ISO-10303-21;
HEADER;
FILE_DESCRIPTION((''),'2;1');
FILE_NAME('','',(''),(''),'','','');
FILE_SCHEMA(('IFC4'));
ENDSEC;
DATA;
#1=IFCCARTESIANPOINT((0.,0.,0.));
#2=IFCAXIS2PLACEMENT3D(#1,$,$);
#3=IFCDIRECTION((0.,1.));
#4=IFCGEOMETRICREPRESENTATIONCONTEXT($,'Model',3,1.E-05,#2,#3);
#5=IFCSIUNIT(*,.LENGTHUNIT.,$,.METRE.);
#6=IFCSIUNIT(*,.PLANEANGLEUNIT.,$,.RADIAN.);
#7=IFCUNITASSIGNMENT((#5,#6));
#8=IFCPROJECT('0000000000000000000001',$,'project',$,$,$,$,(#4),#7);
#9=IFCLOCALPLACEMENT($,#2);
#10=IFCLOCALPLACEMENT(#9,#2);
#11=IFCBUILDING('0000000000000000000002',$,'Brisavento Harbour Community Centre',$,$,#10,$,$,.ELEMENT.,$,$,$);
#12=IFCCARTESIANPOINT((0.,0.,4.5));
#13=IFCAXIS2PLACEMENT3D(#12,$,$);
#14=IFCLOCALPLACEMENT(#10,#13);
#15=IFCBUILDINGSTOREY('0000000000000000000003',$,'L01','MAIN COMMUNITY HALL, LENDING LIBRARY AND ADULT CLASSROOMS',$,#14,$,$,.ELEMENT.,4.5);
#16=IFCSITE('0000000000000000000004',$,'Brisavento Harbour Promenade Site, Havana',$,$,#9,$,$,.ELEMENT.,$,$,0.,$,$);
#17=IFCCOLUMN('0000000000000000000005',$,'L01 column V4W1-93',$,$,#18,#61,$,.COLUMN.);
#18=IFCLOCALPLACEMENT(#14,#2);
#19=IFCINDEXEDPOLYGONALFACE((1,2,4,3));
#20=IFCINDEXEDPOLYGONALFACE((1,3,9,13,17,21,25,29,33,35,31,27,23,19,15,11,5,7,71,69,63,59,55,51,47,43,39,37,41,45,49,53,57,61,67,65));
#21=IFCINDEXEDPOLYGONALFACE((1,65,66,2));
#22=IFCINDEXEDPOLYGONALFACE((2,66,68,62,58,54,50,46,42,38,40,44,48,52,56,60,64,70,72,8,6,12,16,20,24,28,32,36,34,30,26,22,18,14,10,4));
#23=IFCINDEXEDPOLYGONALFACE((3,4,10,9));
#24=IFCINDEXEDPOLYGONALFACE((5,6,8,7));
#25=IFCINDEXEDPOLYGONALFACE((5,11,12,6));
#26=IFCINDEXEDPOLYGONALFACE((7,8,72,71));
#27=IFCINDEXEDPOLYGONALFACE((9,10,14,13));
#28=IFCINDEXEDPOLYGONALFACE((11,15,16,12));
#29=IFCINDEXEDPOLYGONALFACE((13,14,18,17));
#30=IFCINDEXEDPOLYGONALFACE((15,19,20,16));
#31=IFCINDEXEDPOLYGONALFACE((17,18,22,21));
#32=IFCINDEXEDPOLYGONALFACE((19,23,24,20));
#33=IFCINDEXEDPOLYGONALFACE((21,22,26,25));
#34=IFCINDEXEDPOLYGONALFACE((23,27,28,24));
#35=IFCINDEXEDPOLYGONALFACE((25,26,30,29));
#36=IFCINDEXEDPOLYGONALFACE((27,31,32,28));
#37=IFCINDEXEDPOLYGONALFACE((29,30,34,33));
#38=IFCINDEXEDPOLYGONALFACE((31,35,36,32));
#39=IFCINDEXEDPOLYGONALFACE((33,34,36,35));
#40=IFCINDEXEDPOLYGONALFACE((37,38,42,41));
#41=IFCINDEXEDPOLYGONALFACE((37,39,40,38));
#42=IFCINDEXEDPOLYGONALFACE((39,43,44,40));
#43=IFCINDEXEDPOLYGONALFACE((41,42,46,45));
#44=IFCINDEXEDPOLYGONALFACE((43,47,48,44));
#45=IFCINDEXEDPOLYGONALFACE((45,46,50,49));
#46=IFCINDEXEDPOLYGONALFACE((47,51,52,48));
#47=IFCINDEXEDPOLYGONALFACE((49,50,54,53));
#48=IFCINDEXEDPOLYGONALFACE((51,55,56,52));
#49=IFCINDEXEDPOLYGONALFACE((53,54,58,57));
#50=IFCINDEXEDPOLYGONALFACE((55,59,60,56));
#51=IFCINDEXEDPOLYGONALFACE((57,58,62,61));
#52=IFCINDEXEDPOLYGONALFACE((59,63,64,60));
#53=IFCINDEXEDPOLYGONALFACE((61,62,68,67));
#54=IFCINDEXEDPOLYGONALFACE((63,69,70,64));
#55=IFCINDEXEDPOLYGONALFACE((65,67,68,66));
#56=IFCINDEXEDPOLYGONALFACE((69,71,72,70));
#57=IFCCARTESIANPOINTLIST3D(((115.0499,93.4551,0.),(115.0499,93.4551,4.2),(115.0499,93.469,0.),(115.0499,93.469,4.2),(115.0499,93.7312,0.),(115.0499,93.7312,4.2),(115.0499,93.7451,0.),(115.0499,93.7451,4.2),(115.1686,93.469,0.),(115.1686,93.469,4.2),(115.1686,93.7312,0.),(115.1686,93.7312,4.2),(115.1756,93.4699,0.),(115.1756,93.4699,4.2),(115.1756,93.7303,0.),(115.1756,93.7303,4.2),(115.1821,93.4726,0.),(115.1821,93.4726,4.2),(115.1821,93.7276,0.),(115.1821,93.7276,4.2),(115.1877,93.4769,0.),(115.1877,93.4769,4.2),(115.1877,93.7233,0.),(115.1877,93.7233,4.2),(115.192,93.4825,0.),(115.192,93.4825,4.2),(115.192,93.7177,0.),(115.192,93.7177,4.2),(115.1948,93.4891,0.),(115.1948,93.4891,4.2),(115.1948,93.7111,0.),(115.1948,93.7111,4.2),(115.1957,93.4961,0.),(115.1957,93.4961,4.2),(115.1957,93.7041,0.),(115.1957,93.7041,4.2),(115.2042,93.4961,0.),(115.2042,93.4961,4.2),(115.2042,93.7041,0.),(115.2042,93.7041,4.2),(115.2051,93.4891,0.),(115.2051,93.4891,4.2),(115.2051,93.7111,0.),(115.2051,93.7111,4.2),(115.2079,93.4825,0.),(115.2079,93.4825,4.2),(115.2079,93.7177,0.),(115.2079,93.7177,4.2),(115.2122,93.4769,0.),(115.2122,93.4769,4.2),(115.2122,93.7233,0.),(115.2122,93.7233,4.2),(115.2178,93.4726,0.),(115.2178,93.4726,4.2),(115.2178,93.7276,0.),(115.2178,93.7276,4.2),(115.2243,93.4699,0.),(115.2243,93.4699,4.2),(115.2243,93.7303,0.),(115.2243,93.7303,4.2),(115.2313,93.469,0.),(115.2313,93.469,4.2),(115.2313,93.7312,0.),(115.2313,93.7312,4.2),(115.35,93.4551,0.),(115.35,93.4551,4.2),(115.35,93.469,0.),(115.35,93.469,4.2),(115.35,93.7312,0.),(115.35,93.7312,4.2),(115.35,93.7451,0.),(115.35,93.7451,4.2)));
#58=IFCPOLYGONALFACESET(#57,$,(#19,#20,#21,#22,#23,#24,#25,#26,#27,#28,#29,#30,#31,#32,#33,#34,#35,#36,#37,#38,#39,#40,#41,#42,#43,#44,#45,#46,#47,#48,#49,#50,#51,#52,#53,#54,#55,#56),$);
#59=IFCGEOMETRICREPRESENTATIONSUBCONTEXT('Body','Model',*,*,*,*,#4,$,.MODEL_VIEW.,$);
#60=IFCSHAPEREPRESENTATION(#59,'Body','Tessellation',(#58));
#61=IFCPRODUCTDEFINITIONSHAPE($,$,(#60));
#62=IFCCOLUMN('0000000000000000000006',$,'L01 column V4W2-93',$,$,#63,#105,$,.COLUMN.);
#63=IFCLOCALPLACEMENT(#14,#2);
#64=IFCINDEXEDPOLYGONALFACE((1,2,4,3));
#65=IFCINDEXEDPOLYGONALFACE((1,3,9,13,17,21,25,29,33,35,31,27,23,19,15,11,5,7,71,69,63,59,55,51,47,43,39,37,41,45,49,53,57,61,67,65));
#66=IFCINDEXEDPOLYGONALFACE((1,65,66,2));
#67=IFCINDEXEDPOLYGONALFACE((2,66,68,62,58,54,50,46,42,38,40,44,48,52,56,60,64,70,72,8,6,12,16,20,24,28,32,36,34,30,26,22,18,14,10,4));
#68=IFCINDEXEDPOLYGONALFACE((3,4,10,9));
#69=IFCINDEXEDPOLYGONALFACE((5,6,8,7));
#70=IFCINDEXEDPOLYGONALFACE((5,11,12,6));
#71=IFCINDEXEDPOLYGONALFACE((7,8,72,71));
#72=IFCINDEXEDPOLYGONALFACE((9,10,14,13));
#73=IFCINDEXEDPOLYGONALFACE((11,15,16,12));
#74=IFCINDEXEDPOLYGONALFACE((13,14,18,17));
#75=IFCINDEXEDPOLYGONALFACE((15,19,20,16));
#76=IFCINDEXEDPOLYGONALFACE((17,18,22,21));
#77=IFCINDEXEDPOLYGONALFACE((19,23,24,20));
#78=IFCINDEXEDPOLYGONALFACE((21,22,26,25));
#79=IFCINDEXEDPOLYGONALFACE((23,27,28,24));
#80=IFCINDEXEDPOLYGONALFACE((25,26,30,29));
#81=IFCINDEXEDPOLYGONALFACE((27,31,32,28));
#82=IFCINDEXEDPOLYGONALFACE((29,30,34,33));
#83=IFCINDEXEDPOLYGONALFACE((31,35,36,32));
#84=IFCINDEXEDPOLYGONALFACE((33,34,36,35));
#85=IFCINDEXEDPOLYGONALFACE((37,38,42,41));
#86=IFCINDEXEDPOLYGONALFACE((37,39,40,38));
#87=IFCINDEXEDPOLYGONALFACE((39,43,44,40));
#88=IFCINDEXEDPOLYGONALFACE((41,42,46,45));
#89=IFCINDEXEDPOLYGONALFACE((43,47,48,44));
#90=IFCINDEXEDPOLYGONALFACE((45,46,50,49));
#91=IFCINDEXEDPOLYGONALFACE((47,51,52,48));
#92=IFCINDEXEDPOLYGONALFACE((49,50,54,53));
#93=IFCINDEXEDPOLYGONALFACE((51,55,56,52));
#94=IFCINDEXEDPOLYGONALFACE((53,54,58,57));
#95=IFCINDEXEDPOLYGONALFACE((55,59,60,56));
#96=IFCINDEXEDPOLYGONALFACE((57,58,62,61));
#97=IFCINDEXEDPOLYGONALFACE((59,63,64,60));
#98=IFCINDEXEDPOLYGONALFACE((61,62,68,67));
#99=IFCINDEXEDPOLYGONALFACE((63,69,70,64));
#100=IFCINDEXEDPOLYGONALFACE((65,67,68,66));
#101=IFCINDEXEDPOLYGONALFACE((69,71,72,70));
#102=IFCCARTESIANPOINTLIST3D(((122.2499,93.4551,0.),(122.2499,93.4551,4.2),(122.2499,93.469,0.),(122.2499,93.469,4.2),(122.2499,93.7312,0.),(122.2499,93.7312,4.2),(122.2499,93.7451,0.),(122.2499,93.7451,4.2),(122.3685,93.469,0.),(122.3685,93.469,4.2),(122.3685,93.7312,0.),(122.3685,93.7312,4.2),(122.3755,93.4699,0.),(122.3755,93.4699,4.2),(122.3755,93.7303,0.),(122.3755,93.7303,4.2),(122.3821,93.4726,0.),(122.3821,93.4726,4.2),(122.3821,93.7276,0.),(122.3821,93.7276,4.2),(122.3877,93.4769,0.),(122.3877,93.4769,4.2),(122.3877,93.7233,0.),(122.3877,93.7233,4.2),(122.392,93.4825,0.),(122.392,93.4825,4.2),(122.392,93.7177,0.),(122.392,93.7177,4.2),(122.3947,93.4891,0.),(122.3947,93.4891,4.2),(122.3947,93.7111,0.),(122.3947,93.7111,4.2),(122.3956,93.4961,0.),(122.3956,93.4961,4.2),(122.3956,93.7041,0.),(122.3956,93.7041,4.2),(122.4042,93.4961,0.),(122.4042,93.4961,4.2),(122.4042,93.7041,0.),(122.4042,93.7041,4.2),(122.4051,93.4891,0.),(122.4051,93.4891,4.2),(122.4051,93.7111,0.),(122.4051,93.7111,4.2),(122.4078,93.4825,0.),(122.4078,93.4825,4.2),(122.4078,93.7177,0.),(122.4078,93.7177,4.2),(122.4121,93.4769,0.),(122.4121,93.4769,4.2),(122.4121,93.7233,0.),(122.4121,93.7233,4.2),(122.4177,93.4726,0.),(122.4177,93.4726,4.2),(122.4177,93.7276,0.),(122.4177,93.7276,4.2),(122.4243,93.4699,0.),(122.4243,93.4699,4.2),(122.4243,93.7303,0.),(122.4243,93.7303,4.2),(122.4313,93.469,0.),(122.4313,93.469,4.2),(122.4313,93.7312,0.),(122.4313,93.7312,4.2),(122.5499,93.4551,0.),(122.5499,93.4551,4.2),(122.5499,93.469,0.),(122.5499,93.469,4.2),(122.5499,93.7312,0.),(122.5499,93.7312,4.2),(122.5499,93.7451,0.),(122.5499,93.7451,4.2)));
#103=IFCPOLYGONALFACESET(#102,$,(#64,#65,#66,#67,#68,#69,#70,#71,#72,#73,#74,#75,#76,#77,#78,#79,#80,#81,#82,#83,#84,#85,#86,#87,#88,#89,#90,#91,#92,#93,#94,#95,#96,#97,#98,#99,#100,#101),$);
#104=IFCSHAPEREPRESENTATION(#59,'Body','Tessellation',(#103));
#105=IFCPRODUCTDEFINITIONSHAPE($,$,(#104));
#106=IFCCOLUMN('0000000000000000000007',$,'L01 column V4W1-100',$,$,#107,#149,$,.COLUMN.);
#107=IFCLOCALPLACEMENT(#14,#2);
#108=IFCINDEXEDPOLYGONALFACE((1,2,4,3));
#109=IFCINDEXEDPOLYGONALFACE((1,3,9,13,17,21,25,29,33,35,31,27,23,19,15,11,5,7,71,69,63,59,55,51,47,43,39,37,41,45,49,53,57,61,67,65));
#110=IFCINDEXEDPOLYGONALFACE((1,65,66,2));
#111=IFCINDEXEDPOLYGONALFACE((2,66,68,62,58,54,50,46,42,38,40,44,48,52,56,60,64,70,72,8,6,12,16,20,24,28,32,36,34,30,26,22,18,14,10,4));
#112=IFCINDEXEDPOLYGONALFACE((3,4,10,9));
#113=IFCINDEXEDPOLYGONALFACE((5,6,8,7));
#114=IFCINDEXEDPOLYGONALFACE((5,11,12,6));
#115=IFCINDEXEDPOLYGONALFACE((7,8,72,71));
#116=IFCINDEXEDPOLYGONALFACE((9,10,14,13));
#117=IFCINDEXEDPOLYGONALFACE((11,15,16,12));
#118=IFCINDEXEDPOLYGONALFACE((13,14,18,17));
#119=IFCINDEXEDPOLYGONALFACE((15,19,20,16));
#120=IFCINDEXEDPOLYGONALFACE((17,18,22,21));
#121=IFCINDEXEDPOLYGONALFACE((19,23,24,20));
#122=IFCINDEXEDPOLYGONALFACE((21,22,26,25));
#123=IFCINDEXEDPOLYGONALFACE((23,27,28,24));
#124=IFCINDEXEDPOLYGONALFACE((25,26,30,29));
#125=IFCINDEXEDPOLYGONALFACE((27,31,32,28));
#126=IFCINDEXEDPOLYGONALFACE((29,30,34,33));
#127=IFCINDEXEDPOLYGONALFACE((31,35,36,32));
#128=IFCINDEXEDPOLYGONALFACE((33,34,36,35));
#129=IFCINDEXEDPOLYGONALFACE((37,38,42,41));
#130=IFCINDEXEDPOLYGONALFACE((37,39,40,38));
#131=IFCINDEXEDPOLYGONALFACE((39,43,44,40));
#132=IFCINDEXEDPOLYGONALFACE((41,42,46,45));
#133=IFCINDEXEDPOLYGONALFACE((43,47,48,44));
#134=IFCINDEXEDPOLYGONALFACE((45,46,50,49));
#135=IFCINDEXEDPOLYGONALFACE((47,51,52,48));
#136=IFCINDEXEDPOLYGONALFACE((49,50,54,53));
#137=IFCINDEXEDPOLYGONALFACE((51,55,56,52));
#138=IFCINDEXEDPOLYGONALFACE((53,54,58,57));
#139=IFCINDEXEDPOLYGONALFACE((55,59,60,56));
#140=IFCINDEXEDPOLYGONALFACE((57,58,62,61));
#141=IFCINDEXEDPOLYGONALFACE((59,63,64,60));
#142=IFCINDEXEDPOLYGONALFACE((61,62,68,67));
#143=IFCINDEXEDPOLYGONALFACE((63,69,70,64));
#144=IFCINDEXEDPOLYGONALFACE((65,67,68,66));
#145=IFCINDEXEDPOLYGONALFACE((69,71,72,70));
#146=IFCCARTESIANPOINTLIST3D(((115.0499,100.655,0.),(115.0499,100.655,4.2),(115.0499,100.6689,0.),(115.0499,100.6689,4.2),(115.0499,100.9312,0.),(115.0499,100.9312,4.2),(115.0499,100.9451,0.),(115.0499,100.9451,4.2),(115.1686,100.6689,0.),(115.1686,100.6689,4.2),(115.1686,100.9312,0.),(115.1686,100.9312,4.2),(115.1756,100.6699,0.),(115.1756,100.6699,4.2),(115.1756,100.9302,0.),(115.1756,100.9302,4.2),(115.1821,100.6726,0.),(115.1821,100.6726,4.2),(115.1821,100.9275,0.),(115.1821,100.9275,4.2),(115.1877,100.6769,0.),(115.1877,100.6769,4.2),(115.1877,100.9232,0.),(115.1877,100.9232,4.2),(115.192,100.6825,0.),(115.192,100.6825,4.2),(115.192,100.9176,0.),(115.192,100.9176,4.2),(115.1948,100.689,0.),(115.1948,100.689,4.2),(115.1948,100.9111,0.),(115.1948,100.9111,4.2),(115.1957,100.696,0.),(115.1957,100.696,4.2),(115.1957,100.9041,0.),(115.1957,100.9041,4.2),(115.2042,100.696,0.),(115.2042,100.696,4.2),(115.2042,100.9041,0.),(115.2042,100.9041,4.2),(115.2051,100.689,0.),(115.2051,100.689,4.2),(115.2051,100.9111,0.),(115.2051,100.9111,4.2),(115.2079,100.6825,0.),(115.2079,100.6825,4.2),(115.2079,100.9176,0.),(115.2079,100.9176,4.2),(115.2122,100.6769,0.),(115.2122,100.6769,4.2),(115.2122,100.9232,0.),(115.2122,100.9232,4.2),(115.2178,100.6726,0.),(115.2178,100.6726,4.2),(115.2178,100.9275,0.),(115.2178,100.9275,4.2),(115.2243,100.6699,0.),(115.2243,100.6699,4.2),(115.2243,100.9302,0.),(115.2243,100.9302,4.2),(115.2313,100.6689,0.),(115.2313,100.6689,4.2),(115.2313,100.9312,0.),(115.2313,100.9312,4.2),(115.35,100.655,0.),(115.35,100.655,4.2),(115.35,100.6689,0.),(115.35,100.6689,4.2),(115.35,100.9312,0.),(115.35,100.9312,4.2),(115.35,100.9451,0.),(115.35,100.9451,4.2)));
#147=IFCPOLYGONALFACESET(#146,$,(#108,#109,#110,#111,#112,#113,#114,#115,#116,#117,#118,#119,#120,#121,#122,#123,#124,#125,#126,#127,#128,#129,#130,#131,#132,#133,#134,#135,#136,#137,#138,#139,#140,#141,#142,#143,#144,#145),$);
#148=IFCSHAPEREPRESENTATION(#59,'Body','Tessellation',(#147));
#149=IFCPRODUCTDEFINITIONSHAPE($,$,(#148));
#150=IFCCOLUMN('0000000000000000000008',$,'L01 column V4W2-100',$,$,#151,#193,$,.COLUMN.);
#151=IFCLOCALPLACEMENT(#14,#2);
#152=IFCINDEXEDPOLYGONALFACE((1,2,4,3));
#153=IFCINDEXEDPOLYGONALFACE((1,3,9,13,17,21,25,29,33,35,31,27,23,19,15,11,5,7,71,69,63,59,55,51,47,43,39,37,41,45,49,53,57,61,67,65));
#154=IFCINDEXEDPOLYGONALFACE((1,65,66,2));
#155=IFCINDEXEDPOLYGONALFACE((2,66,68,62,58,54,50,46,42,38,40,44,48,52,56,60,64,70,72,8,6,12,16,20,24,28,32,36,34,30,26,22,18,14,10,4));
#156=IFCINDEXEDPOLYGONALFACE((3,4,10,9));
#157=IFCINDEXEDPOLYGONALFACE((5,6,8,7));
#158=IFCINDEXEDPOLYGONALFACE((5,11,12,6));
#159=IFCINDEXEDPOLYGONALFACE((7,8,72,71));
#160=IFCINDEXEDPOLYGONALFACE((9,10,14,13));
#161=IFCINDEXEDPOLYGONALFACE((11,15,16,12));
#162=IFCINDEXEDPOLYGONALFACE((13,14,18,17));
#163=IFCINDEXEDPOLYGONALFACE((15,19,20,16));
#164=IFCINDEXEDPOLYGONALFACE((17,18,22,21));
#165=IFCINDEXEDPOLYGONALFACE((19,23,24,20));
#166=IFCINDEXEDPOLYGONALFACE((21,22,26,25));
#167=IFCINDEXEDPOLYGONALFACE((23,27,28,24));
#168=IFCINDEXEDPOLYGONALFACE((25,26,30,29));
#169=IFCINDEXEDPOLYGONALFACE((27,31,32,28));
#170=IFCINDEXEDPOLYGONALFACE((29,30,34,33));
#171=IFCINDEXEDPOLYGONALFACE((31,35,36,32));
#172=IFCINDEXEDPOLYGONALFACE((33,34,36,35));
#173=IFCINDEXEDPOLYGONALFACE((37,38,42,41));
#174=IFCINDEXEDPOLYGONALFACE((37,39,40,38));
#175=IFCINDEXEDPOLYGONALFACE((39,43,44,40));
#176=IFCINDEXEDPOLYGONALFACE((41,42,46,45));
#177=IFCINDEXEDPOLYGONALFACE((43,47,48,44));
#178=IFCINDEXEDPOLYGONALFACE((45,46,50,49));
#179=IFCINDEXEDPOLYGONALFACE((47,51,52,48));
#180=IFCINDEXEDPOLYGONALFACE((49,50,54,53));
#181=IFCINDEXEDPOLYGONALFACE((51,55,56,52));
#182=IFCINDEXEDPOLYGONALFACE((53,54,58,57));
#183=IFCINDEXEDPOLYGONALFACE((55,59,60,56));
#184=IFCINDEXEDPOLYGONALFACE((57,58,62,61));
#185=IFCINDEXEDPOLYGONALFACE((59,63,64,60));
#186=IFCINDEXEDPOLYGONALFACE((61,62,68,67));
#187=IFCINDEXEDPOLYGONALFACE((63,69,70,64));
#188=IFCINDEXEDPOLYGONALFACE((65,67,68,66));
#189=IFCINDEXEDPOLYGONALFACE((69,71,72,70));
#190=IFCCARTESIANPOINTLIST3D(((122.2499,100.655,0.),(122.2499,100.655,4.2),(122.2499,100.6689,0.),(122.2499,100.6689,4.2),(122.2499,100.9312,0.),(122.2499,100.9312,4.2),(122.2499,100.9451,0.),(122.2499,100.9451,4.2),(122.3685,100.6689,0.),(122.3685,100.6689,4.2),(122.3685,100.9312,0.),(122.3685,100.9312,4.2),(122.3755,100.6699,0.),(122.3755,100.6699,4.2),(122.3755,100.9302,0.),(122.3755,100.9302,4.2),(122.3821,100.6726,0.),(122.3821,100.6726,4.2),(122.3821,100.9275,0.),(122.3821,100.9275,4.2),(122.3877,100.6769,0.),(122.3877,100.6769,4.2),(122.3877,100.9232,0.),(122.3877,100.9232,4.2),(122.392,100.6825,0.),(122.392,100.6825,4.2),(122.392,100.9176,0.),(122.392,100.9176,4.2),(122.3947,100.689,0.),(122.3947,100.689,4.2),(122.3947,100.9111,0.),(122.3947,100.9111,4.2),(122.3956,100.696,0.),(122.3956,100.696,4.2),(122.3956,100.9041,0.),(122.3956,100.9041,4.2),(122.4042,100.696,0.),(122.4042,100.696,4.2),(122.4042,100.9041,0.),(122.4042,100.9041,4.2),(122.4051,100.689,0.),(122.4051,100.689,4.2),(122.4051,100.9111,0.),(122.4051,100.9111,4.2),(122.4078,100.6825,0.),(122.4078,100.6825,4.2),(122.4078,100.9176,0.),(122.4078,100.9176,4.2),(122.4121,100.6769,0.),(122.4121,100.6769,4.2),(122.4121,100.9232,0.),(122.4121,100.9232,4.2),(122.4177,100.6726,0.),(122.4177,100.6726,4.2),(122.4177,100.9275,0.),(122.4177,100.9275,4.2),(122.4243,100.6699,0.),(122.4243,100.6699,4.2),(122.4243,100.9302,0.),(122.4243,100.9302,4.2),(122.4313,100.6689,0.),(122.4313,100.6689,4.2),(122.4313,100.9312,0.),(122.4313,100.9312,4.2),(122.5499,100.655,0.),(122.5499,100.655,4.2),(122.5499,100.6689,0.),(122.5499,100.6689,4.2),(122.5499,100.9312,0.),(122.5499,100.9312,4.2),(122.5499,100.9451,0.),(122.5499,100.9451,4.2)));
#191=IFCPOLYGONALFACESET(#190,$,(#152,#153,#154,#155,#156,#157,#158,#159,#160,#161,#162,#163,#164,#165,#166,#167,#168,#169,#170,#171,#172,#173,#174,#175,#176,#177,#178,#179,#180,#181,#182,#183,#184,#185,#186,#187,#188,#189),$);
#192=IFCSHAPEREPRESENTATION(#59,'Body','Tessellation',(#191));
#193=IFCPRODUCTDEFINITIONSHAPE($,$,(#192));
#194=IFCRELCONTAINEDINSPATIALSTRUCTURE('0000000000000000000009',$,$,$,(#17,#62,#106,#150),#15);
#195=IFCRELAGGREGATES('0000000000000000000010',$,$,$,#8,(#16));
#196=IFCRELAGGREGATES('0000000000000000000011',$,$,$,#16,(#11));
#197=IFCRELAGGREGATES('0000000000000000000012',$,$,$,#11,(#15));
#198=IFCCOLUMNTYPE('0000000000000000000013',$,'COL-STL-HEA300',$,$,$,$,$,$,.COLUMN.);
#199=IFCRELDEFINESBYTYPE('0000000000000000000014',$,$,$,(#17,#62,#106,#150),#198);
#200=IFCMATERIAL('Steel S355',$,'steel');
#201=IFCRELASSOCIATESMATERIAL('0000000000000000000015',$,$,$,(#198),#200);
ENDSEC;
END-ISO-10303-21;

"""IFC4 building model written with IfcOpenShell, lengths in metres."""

from ifc_helpers import new_model, si_unit, direction, frame, origin, origin_2d, place, context, subcontext, project, spatial, i_section, extrude, material, material_profile, profile_set, type_object, element, save


model = new_model("IFC4")

# Units and contexts
model_context = context("Model", 3, precision=1e-05, world=origin(), true_north=direction((0.0, 1.0)))
body_context = subcontext(model_context, "Body", "Model", "MODEL_VIEW")
ifc_project = project(units=[si_unit("LENGTHUNIT", "METRE"), si_unit("PLANEANGLEUNIT", "RADIAN")], contexts=[model_context])

# Site, building, storey
site_placement = place(None, origin())
site = spatial("IfcSite", under=ifc_project, at=site_placement, Name="Brisavento Harbour Promenade Site, Havana", CompositionType="ELEMENT", RefElevation=0.0)
building_placement = place(site_placement, origin())
building = spatial("IfcBuilding", under=site, at=building_placement, Name="Brisavento Harbour Community Centre", CompositionType="ELEMENT")
storey_placement = place(building_placement, frame((0.0, 0.0, 4.5)))
storey = spatial("IfcBuildingStorey", under=building, at=storey_placement, Name="L01", Description="MAIN COMMUNITY HALL, LENDING LIBRARY AND ADULT CLASSROOMS", CompositionType="ELEMENT", Elevation=4.5)

# Columns
ifc_material_1 = material(Name="Steel S355", Category="steel")
ifc_material_profile_1 = material_profile(ifc_material_1, i_section(OverallWidth=0.3, OverallDepth=0.29, WebThickness=0.0085, FlangeThickness=0.0139, FilletRadius=0.0271, at=origin_2d()), Name="Steel S355")
ifc_profile_set_1 = profile_set([ifc_material_profile_1], Name="Steel S355")
column_type_1 = type_object("IfcColumnType", Name="COL-STL-HEA300", PredefinedType="COLUMN", material=ifc_profile_set_1)
for number, where, z_axis, x_axis, name in (
    (1, (115.2, 93.6001, 0.0), (0.0, 0.0, 1.0), (1.0, 0.0, 0.0), "L01 column V4W1-93"),
    (2, (122.3999, 93.6001, 0.0), (0.0, 0.0, 1.0), (1.0, 0.0, 0.0), "L01 column V4W2-93"),
    (3, (115.2, 100.8, 0.0), (0.0, 0.0, 1.0), (1.0, 0.0, 0.0), "L01 column V4W1-100"),
    (4, (122.3999, 100.8, 0.0), (0.0, 0.0, 1.0), (1.0, 0.0, 0.0), "L01 column V4W2-100"),
):
    element("IfcColumn", number, at=place(storey_placement, frame(where, z_axis=z_axis, x_axis=x_axis)), inside=storey, type_object=column_type_1, Name=name, PredefinedType="COLUMN", context=body_context, shape_type="SweptSolid", body=[
        extrude(i_section(OverallWidth=0.3, OverallDepth=0.29, WebThickness=0.0085, FlangeThickness=0.0139, FilletRadius=0.0271, at=origin_2d()), origin(), (0.0, 0.0, 1.0), 4.2),
    ])

save(model, "model.ifc")
